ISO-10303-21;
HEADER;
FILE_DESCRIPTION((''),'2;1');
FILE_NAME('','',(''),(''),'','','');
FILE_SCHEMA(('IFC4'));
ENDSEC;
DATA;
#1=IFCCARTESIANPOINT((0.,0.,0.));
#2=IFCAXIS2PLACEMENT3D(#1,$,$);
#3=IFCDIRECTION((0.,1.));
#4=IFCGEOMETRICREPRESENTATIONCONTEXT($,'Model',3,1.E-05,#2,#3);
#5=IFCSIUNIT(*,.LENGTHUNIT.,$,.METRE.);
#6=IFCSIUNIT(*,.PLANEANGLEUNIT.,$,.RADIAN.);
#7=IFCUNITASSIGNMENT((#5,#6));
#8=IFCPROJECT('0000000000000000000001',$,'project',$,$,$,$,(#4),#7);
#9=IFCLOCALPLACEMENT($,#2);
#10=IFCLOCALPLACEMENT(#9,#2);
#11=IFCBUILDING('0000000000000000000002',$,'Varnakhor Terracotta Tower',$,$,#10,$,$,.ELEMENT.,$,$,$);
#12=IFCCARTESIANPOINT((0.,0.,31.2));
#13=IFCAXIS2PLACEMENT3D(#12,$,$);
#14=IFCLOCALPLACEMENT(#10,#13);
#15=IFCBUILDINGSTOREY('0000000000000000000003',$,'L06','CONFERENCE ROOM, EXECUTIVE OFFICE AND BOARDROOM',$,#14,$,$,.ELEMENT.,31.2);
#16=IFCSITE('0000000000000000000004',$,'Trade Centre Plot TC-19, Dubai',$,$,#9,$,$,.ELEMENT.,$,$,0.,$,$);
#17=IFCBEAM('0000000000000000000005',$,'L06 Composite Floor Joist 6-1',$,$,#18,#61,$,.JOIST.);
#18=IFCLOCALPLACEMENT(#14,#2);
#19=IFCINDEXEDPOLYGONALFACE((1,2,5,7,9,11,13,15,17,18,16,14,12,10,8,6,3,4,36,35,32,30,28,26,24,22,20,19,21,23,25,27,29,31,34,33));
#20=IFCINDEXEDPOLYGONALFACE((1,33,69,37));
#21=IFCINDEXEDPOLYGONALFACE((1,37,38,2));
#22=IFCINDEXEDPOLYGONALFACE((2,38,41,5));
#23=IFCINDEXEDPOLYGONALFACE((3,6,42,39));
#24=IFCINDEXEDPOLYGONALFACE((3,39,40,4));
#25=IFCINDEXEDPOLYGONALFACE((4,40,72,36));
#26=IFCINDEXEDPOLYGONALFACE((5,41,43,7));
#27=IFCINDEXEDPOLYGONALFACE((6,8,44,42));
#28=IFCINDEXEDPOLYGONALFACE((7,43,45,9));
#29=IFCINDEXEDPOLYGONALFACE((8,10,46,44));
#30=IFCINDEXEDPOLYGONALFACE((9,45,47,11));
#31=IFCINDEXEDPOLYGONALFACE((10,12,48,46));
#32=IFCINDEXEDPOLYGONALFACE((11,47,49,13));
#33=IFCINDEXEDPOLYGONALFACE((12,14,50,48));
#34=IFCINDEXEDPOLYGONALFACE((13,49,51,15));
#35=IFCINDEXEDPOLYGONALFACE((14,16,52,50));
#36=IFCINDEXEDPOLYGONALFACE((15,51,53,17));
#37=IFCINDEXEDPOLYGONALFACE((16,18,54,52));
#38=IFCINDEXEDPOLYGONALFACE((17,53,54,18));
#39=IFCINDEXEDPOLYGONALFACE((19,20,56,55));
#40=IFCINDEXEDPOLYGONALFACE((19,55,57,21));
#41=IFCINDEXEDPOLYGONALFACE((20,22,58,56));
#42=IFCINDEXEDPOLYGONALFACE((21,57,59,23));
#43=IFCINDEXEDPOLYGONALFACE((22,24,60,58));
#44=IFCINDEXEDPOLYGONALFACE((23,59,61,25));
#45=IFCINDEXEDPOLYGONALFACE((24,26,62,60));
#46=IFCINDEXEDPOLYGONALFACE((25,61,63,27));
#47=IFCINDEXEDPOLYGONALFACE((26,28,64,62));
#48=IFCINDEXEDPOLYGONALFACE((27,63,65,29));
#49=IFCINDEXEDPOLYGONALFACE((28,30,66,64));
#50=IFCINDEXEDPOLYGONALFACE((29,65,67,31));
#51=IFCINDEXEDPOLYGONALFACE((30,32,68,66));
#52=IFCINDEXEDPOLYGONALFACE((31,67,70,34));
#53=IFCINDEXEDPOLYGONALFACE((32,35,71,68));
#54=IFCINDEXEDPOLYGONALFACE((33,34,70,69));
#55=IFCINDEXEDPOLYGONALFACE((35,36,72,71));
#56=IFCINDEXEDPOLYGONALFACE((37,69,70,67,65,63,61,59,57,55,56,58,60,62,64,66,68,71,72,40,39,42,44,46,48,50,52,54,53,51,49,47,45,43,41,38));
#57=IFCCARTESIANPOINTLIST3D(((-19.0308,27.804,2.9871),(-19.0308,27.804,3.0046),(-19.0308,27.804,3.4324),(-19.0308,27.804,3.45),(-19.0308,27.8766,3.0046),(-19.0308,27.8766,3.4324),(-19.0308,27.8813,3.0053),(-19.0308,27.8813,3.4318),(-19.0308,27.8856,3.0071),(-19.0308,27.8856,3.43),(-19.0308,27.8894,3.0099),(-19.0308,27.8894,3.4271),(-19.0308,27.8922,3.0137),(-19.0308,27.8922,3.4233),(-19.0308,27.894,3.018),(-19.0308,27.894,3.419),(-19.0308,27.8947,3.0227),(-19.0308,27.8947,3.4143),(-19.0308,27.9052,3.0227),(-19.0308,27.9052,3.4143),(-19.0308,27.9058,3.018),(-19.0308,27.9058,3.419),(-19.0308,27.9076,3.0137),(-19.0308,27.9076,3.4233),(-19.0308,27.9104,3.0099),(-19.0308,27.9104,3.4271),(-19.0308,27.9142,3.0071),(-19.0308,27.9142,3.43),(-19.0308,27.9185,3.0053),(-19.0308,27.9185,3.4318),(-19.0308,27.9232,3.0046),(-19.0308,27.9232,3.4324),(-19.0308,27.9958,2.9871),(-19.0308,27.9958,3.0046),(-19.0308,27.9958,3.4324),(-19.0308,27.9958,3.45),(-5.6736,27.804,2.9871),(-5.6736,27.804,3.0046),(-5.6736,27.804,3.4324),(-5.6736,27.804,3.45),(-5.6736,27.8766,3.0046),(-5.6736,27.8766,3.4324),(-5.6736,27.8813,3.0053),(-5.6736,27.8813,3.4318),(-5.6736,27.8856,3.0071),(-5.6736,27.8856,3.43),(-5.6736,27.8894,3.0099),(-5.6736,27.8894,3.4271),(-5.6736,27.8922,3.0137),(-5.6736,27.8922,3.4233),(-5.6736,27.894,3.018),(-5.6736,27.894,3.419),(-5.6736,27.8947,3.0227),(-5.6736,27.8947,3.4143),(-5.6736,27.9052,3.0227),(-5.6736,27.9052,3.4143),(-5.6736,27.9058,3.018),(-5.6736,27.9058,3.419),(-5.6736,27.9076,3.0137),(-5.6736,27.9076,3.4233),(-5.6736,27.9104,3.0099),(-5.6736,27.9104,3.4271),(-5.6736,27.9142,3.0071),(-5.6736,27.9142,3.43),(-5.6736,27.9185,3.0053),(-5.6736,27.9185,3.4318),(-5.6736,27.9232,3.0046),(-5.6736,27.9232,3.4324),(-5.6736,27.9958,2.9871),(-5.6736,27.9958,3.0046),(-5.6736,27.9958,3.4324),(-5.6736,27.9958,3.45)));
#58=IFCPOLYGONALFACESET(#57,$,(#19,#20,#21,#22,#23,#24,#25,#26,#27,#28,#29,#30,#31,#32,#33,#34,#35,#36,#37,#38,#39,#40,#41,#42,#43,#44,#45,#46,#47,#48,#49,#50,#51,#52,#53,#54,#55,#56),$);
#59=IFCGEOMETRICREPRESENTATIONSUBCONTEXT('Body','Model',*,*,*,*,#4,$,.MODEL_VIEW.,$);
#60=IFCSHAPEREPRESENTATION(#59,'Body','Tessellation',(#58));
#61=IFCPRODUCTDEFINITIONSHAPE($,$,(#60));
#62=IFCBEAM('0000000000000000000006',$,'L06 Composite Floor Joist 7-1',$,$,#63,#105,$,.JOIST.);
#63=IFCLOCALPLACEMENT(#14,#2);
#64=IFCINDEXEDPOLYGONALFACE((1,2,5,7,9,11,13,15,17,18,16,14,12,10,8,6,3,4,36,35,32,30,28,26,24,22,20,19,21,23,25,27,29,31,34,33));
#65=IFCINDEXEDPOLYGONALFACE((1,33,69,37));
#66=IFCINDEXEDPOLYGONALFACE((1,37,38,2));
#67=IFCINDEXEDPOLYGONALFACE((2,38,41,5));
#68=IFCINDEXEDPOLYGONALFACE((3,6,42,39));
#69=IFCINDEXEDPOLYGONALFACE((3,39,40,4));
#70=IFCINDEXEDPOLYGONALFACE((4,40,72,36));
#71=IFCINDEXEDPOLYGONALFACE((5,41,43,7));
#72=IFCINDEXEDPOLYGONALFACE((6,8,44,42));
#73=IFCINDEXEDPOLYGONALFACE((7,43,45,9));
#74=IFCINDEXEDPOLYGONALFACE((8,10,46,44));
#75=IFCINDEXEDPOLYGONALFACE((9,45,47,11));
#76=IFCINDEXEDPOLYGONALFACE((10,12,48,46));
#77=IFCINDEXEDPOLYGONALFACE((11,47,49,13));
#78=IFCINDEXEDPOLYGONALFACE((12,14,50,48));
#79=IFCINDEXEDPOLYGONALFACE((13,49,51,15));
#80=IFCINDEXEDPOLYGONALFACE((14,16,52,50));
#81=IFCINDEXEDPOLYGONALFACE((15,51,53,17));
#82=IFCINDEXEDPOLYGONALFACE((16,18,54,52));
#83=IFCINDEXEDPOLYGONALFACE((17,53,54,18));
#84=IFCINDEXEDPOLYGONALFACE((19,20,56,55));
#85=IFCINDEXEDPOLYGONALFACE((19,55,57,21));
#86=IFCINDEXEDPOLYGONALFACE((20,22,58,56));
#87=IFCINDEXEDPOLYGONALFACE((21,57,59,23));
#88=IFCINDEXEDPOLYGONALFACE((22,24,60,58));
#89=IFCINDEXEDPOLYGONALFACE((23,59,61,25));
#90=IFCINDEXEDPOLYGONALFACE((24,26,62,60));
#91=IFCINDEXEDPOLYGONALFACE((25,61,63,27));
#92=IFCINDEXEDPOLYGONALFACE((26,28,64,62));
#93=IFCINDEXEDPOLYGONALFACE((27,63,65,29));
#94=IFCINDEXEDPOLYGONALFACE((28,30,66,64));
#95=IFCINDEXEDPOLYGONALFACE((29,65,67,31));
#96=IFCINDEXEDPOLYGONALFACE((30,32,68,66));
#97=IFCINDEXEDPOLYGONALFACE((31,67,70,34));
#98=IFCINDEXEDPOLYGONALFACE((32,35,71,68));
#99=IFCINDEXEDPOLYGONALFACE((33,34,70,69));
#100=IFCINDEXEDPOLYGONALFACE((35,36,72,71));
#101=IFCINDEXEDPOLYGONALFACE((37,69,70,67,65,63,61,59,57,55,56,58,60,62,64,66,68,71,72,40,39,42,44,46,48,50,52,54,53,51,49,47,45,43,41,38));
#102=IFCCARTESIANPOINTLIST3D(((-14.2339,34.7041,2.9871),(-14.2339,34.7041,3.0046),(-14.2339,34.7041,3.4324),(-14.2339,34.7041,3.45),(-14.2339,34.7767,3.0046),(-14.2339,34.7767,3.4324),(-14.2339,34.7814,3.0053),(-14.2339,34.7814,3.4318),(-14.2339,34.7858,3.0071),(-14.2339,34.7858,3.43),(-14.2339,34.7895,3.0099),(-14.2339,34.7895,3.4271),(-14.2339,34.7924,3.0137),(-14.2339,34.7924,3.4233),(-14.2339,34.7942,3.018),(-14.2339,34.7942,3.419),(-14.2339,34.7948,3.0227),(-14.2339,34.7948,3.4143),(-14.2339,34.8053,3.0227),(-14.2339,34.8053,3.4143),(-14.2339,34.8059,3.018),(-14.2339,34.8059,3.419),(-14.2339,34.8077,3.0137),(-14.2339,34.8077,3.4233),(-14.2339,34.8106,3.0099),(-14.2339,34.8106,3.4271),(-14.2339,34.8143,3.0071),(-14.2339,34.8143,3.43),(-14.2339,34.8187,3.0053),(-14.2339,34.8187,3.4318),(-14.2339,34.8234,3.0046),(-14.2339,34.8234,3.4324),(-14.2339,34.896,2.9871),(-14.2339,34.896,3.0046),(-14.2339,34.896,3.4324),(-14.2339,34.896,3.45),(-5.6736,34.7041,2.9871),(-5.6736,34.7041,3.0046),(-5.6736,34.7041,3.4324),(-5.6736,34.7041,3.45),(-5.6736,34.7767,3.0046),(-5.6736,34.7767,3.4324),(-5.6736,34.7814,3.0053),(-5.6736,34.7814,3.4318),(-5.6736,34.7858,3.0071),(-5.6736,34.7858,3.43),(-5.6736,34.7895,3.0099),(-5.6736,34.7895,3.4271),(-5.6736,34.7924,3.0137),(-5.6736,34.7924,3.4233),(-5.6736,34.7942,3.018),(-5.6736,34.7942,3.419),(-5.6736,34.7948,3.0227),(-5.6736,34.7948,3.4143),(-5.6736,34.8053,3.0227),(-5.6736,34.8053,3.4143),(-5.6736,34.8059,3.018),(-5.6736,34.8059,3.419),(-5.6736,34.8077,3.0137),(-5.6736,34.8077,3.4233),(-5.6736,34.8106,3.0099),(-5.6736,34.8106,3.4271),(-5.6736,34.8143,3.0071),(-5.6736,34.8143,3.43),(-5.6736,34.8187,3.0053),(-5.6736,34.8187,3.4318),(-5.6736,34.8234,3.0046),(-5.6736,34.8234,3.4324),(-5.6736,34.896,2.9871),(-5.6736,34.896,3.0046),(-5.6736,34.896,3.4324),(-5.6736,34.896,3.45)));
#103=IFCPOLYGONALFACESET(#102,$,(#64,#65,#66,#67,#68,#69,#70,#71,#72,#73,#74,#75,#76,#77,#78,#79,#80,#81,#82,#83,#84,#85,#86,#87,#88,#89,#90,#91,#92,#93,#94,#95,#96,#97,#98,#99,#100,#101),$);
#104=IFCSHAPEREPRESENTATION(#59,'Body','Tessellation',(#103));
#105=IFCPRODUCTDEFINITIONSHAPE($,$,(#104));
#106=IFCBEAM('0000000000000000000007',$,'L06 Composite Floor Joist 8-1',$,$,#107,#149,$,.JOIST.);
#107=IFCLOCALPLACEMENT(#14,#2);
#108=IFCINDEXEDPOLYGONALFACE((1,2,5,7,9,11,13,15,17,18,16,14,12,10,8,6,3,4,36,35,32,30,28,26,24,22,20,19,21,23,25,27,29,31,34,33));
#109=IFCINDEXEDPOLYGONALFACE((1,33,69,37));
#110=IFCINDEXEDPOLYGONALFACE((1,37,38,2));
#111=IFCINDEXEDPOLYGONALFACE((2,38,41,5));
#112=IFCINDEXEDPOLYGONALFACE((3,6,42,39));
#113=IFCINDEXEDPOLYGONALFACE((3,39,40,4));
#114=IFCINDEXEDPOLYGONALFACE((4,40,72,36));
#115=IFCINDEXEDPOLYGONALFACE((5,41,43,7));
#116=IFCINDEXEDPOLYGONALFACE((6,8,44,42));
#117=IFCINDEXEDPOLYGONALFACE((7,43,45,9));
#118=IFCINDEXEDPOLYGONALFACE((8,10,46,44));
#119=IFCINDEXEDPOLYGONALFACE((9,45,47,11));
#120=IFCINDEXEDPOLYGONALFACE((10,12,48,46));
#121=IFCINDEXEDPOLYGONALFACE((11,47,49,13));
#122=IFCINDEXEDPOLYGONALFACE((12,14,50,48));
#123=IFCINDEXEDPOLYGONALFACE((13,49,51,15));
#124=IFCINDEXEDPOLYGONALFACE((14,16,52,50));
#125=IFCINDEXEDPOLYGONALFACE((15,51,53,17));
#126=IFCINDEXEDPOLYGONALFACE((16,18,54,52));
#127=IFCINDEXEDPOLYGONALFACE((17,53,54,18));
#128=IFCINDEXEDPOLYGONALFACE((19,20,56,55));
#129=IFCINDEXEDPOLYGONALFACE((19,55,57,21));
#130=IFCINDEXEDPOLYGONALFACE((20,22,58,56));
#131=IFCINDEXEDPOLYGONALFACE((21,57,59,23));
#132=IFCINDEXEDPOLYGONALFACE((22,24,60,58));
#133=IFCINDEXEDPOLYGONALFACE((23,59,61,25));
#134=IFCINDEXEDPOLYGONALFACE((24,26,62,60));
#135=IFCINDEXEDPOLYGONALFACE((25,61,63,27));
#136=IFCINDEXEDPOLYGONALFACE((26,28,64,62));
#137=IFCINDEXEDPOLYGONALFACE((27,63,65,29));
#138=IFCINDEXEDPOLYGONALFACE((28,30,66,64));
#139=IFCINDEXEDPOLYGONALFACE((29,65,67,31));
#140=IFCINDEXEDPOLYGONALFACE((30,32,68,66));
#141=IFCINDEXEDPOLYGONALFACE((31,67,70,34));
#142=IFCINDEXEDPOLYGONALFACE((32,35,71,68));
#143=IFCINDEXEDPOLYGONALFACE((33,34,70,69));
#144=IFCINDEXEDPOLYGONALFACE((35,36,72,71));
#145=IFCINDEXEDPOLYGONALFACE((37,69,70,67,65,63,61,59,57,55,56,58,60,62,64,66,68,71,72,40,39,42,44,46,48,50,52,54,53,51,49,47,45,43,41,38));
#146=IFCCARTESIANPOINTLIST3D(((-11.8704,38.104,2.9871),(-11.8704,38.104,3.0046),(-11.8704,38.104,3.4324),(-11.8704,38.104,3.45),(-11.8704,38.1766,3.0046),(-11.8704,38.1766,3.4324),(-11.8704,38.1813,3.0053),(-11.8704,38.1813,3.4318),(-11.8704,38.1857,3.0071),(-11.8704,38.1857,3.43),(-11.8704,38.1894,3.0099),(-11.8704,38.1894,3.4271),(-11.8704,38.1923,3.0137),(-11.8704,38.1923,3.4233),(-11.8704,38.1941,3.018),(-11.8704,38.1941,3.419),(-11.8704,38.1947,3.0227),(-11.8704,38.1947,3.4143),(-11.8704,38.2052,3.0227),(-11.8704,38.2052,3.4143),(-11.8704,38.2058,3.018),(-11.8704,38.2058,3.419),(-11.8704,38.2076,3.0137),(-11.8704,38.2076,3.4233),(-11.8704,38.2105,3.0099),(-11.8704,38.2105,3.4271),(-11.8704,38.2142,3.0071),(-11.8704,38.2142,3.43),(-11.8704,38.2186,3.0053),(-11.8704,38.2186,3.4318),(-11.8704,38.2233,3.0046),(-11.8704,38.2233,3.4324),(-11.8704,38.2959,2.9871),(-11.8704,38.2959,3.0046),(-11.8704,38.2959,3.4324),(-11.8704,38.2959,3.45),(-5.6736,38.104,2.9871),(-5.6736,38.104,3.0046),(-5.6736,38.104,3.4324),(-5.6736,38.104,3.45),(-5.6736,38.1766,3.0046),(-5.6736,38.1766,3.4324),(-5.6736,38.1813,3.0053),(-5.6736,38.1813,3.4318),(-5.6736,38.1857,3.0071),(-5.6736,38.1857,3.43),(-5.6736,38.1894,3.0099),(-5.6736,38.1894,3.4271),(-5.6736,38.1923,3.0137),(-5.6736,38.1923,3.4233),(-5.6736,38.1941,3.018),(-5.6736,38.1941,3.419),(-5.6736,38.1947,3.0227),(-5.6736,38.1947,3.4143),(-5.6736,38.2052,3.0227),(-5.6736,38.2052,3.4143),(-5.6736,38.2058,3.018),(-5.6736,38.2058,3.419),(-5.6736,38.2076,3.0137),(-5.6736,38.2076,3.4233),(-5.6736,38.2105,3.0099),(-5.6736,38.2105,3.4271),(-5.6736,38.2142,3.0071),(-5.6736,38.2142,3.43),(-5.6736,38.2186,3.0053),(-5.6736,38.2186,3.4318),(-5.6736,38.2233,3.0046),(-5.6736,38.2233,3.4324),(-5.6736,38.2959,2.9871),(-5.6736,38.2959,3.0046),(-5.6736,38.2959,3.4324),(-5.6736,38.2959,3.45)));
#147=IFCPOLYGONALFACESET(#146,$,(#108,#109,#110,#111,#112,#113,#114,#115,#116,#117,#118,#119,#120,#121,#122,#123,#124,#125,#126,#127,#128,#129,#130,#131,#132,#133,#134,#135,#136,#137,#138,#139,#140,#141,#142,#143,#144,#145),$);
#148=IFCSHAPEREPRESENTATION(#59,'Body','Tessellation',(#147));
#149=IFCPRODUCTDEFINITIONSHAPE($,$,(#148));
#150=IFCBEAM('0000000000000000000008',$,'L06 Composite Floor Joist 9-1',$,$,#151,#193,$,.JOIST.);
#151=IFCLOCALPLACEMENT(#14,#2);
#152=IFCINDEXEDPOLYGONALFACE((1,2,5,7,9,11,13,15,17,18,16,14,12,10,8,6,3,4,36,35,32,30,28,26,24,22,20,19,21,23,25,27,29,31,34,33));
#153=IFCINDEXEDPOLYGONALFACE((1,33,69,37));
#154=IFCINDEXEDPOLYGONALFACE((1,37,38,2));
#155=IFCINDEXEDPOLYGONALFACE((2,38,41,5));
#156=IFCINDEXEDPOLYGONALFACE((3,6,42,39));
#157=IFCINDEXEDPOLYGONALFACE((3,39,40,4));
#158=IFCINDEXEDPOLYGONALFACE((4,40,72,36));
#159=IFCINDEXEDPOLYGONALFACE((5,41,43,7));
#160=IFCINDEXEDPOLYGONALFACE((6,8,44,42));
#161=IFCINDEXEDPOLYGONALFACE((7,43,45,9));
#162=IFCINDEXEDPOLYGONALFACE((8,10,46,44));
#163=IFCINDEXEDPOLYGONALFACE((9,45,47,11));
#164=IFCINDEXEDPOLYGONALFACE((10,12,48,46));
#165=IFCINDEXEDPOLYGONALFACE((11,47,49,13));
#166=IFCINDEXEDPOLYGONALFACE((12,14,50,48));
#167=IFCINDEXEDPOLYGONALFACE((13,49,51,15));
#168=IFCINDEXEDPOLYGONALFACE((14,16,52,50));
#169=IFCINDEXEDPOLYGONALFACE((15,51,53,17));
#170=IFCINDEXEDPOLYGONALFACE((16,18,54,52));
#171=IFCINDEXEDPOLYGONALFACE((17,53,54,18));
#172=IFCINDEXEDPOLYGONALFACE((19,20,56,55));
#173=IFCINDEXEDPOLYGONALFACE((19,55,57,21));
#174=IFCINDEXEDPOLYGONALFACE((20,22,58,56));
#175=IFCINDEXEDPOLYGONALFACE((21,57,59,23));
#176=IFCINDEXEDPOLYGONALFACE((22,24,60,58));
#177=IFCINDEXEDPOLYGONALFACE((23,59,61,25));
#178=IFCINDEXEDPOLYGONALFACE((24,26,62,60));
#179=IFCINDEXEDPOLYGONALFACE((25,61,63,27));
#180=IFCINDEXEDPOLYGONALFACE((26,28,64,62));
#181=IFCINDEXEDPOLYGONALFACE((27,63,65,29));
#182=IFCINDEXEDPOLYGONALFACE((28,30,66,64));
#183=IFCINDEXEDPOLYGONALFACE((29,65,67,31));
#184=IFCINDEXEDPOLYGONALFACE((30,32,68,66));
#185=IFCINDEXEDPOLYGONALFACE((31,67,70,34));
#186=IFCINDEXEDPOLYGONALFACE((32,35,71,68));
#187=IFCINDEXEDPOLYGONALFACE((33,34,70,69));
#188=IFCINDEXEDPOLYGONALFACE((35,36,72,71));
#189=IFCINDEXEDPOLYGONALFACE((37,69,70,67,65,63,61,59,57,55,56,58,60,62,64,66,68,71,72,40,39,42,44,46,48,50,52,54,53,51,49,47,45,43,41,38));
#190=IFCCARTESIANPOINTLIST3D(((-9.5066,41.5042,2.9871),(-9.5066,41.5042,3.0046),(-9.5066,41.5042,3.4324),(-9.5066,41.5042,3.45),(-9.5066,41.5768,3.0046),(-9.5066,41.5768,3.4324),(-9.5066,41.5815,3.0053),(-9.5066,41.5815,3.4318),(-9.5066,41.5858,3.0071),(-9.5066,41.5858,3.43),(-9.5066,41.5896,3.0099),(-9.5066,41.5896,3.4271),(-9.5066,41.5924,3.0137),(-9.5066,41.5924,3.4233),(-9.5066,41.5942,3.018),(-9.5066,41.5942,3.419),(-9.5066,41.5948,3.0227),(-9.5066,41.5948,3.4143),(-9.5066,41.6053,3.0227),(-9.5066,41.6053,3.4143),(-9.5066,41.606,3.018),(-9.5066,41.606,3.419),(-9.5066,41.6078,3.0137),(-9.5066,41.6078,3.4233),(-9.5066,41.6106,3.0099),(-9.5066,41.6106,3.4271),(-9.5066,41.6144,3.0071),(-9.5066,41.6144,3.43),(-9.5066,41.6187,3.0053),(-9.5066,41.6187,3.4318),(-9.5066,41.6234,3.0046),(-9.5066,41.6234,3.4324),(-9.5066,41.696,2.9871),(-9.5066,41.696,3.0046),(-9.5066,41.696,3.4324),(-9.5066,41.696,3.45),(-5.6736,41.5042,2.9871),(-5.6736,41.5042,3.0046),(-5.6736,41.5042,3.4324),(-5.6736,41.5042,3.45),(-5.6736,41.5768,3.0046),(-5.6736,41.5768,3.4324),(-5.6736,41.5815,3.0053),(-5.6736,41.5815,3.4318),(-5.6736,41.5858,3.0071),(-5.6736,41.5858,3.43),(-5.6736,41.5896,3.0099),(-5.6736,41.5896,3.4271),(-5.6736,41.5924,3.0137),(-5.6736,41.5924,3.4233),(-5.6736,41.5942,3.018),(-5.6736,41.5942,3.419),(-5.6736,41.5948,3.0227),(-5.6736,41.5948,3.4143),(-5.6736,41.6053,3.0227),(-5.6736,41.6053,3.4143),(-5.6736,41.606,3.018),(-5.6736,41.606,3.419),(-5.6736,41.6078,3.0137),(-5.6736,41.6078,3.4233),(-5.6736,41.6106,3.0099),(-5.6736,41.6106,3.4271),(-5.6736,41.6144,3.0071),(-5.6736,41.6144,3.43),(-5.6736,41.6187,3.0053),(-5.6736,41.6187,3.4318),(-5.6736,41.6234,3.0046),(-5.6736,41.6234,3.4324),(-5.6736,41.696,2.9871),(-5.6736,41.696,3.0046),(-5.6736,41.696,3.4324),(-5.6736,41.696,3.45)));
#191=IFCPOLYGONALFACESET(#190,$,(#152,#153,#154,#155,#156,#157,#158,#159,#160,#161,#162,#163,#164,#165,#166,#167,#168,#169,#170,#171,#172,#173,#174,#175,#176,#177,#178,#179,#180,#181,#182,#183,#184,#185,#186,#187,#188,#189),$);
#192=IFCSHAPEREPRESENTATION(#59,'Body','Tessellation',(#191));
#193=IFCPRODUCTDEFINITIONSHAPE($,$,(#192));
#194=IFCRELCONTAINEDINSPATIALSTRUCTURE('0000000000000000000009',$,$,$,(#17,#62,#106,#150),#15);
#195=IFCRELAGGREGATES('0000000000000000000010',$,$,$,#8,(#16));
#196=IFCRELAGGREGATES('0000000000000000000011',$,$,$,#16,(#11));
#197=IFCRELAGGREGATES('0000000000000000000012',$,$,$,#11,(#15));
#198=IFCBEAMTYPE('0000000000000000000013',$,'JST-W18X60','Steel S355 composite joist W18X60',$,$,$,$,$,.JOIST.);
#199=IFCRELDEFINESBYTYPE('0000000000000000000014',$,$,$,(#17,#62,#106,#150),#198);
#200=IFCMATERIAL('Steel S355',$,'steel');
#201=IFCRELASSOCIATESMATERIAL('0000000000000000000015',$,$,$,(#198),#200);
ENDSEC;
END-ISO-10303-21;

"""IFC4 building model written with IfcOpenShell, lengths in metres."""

from ifc_helpers import new_model, si_unit, direction, frame, origin, origin_2d, place, context, subcontext, project, spatial, i_section, extrude, source, transform, mapped, material, material_profile, profile_set, type_object, element, save


model = new_model("IFC4")

# Units and contexts
model_context = context("Model", 3, precision=1e-05, world=origin(), true_north=direction((0.0, 1.0)))
body_context = subcontext(model_context, "Body", "Model", "MODEL_VIEW")
ifc_project = project(units=[si_unit("LENGTHUNIT", "METRE"), si_unit("PLANEANGLEUNIT", "RADIAN")], contexts=[model_context])

# Site, building, storey
site_placement = place(None, origin())
site = spatial("IfcSite", under=ifc_project, at=site_placement, Name="Trade Centre Plot TC-19, Dubai", CompositionType="ELEMENT", RefElevation=0.0)
building_placement = place(site_placement, origin())
building = spatial("IfcBuilding", under=site, at=building_placement, Name="Varnakhor Terracotta Tower", CompositionType="ELEMENT")
storey_placement = place(building_placement, frame((0.0, 0.0, 31.2)))
storey = spatial("IfcBuildingStorey", under=building, at=storey_placement, Name="L06", Description="CONFERENCE ROOM, EXECUTIVE OFFICE AND BOARDROOM", CompositionType="ELEMENT", Elevation=31.2)

# Beams
ifc_material_1 = material(Name="Steel S355", Category="steel")
ifc_material_profile_1 = material_profile(ifc_material_1, i_section(OverallWidth=0.1919, OverallDepth=0.4629, WebThickness=0.0105, FlangeThickness=0.0176, FilletRadius=0.0181, at=origin_2d()), Name="W18X60")
ifc_profile_set_1 = profile_set([ifc_material_profile_1], Name="Steel S355")
beam_type_1 = type_object("IfcBeamType", Name="JST-W18X60", Description="Steel S355 composite joist W18X60", PredefinedType="JOIST", material=ifc_profile_set_1)
shared_shape_1 = source(origin(), body_context, "Body", "SweptSolid", [
    extrude(i_section(OverallWidth=0.1919, OverallDepth=0.4629, WebThickness=0.0105, FlangeThickness=0.0176, FilletRadius=0.0181, at=origin_2d()), origin(), (0.0, 0.0, 1.0), 13.3572),
])
beam_1_placement = place(storey_placement, frame((-19.0308, 27.8999, 3.2185), z_axis=(1.0, 0.0, 0.0), x_axis=(0.0, 1.0, 0.0)))
element("IfcBeam", 1, at=beam_1_placement, inside=storey, type_object=beam_type_1, Name="L06 Composite Floor Joist 6-1", PredefinedType="JOIST", context=body_context, shape_type="MappedRepresentation", body=[
    mapped(shared_shape_1, transform((0.0, 0.0, 0.0), scale=1.0)),
])
shared_shape_2 = source(origin(), body_context, "Body", "SweptSolid", [
    extrude(i_section(OverallWidth=0.1919, OverallDepth=0.4629, WebThickness=0.0105, FlangeThickness=0.0176, FilletRadius=0.0181, at=origin_2d()), origin(), (0.0, 0.0, 1.0), 8.5603),
])
beam_2_placement = place(storey_placement, frame((-14.2339, 34.8, 3.2185), z_axis=(1.0, 0.0, 0.0), x_axis=(0.0, 1.0, 0.0)))
element("IfcBeam", 2, at=beam_2_placement, inside=storey, type_object=beam_type_1, Name="L06 Composite Floor Joist 7-1", PredefinedType="JOIST", context=body_context, shape_type="MappedRepresentation", body=[
    mapped(shared_shape_2, transform((0.0, 0.0, 0.0), scale=1.0)),
])
shared_shape_3 = source(origin(), body_context, "Body", "SweptSolid", [
    extrude(i_section(OverallWidth=0.1919, OverallDepth=0.4629, WebThickness=0.0105, FlangeThickness=0.0176, FilletRadius=0.0181, at=origin_2d()), origin(), (0.0, 0.0, 1.0), 6.1968),
])
beam_3_placement = place(storey_placement, frame((-11.8704, 38.2, 3.2185), z_axis=(1.0, 0.0, 0.0), x_axis=(0.0, 1.0, 0.0)))
element("IfcBeam", 3, at=beam_3_placement, inside=storey, type_object=beam_type_1, Name="L06 Composite Floor Joist 8-1", PredefinedType="JOIST", context=body_context, shape_type="MappedRepresentation", body=[
    mapped(shared_shape_3, transform((0.0, 0.0, 0.0), scale=1.0)),
])
shared_shape_4 = source(origin(), body_context, "Body", "SweptSolid", [
    extrude(i_section(OverallWidth=0.1919, OverallDepth=0.4629, WebThickness=0.0105, FlangeThickness=0.0176, FilletRadius=0.0181, at=origin_2d()), origin(), (0.0, 0.0, 1.0), 3.833),
])
beam_4_placement = place(storey_placement, frame((-9.5066, 41.6001, 3.2185), z_axis=(1.0, 0.0, 0.0), x_axis=(0.0, 1.0, 0.0)))
element("IfcBeam", 4, at=beam_4_placement, inside=storey, type_object=beam_type_1, Name="L06 Composite Floor Joist 9-1", PredefinedType="JOIST", context=body_context, shape_type="MappedRepresentation", body=[
    mapped(shared_shape_4, transform((0.0, 0.0, 0.0), scale=1.0)),
])

save(model, "model.ifc")
